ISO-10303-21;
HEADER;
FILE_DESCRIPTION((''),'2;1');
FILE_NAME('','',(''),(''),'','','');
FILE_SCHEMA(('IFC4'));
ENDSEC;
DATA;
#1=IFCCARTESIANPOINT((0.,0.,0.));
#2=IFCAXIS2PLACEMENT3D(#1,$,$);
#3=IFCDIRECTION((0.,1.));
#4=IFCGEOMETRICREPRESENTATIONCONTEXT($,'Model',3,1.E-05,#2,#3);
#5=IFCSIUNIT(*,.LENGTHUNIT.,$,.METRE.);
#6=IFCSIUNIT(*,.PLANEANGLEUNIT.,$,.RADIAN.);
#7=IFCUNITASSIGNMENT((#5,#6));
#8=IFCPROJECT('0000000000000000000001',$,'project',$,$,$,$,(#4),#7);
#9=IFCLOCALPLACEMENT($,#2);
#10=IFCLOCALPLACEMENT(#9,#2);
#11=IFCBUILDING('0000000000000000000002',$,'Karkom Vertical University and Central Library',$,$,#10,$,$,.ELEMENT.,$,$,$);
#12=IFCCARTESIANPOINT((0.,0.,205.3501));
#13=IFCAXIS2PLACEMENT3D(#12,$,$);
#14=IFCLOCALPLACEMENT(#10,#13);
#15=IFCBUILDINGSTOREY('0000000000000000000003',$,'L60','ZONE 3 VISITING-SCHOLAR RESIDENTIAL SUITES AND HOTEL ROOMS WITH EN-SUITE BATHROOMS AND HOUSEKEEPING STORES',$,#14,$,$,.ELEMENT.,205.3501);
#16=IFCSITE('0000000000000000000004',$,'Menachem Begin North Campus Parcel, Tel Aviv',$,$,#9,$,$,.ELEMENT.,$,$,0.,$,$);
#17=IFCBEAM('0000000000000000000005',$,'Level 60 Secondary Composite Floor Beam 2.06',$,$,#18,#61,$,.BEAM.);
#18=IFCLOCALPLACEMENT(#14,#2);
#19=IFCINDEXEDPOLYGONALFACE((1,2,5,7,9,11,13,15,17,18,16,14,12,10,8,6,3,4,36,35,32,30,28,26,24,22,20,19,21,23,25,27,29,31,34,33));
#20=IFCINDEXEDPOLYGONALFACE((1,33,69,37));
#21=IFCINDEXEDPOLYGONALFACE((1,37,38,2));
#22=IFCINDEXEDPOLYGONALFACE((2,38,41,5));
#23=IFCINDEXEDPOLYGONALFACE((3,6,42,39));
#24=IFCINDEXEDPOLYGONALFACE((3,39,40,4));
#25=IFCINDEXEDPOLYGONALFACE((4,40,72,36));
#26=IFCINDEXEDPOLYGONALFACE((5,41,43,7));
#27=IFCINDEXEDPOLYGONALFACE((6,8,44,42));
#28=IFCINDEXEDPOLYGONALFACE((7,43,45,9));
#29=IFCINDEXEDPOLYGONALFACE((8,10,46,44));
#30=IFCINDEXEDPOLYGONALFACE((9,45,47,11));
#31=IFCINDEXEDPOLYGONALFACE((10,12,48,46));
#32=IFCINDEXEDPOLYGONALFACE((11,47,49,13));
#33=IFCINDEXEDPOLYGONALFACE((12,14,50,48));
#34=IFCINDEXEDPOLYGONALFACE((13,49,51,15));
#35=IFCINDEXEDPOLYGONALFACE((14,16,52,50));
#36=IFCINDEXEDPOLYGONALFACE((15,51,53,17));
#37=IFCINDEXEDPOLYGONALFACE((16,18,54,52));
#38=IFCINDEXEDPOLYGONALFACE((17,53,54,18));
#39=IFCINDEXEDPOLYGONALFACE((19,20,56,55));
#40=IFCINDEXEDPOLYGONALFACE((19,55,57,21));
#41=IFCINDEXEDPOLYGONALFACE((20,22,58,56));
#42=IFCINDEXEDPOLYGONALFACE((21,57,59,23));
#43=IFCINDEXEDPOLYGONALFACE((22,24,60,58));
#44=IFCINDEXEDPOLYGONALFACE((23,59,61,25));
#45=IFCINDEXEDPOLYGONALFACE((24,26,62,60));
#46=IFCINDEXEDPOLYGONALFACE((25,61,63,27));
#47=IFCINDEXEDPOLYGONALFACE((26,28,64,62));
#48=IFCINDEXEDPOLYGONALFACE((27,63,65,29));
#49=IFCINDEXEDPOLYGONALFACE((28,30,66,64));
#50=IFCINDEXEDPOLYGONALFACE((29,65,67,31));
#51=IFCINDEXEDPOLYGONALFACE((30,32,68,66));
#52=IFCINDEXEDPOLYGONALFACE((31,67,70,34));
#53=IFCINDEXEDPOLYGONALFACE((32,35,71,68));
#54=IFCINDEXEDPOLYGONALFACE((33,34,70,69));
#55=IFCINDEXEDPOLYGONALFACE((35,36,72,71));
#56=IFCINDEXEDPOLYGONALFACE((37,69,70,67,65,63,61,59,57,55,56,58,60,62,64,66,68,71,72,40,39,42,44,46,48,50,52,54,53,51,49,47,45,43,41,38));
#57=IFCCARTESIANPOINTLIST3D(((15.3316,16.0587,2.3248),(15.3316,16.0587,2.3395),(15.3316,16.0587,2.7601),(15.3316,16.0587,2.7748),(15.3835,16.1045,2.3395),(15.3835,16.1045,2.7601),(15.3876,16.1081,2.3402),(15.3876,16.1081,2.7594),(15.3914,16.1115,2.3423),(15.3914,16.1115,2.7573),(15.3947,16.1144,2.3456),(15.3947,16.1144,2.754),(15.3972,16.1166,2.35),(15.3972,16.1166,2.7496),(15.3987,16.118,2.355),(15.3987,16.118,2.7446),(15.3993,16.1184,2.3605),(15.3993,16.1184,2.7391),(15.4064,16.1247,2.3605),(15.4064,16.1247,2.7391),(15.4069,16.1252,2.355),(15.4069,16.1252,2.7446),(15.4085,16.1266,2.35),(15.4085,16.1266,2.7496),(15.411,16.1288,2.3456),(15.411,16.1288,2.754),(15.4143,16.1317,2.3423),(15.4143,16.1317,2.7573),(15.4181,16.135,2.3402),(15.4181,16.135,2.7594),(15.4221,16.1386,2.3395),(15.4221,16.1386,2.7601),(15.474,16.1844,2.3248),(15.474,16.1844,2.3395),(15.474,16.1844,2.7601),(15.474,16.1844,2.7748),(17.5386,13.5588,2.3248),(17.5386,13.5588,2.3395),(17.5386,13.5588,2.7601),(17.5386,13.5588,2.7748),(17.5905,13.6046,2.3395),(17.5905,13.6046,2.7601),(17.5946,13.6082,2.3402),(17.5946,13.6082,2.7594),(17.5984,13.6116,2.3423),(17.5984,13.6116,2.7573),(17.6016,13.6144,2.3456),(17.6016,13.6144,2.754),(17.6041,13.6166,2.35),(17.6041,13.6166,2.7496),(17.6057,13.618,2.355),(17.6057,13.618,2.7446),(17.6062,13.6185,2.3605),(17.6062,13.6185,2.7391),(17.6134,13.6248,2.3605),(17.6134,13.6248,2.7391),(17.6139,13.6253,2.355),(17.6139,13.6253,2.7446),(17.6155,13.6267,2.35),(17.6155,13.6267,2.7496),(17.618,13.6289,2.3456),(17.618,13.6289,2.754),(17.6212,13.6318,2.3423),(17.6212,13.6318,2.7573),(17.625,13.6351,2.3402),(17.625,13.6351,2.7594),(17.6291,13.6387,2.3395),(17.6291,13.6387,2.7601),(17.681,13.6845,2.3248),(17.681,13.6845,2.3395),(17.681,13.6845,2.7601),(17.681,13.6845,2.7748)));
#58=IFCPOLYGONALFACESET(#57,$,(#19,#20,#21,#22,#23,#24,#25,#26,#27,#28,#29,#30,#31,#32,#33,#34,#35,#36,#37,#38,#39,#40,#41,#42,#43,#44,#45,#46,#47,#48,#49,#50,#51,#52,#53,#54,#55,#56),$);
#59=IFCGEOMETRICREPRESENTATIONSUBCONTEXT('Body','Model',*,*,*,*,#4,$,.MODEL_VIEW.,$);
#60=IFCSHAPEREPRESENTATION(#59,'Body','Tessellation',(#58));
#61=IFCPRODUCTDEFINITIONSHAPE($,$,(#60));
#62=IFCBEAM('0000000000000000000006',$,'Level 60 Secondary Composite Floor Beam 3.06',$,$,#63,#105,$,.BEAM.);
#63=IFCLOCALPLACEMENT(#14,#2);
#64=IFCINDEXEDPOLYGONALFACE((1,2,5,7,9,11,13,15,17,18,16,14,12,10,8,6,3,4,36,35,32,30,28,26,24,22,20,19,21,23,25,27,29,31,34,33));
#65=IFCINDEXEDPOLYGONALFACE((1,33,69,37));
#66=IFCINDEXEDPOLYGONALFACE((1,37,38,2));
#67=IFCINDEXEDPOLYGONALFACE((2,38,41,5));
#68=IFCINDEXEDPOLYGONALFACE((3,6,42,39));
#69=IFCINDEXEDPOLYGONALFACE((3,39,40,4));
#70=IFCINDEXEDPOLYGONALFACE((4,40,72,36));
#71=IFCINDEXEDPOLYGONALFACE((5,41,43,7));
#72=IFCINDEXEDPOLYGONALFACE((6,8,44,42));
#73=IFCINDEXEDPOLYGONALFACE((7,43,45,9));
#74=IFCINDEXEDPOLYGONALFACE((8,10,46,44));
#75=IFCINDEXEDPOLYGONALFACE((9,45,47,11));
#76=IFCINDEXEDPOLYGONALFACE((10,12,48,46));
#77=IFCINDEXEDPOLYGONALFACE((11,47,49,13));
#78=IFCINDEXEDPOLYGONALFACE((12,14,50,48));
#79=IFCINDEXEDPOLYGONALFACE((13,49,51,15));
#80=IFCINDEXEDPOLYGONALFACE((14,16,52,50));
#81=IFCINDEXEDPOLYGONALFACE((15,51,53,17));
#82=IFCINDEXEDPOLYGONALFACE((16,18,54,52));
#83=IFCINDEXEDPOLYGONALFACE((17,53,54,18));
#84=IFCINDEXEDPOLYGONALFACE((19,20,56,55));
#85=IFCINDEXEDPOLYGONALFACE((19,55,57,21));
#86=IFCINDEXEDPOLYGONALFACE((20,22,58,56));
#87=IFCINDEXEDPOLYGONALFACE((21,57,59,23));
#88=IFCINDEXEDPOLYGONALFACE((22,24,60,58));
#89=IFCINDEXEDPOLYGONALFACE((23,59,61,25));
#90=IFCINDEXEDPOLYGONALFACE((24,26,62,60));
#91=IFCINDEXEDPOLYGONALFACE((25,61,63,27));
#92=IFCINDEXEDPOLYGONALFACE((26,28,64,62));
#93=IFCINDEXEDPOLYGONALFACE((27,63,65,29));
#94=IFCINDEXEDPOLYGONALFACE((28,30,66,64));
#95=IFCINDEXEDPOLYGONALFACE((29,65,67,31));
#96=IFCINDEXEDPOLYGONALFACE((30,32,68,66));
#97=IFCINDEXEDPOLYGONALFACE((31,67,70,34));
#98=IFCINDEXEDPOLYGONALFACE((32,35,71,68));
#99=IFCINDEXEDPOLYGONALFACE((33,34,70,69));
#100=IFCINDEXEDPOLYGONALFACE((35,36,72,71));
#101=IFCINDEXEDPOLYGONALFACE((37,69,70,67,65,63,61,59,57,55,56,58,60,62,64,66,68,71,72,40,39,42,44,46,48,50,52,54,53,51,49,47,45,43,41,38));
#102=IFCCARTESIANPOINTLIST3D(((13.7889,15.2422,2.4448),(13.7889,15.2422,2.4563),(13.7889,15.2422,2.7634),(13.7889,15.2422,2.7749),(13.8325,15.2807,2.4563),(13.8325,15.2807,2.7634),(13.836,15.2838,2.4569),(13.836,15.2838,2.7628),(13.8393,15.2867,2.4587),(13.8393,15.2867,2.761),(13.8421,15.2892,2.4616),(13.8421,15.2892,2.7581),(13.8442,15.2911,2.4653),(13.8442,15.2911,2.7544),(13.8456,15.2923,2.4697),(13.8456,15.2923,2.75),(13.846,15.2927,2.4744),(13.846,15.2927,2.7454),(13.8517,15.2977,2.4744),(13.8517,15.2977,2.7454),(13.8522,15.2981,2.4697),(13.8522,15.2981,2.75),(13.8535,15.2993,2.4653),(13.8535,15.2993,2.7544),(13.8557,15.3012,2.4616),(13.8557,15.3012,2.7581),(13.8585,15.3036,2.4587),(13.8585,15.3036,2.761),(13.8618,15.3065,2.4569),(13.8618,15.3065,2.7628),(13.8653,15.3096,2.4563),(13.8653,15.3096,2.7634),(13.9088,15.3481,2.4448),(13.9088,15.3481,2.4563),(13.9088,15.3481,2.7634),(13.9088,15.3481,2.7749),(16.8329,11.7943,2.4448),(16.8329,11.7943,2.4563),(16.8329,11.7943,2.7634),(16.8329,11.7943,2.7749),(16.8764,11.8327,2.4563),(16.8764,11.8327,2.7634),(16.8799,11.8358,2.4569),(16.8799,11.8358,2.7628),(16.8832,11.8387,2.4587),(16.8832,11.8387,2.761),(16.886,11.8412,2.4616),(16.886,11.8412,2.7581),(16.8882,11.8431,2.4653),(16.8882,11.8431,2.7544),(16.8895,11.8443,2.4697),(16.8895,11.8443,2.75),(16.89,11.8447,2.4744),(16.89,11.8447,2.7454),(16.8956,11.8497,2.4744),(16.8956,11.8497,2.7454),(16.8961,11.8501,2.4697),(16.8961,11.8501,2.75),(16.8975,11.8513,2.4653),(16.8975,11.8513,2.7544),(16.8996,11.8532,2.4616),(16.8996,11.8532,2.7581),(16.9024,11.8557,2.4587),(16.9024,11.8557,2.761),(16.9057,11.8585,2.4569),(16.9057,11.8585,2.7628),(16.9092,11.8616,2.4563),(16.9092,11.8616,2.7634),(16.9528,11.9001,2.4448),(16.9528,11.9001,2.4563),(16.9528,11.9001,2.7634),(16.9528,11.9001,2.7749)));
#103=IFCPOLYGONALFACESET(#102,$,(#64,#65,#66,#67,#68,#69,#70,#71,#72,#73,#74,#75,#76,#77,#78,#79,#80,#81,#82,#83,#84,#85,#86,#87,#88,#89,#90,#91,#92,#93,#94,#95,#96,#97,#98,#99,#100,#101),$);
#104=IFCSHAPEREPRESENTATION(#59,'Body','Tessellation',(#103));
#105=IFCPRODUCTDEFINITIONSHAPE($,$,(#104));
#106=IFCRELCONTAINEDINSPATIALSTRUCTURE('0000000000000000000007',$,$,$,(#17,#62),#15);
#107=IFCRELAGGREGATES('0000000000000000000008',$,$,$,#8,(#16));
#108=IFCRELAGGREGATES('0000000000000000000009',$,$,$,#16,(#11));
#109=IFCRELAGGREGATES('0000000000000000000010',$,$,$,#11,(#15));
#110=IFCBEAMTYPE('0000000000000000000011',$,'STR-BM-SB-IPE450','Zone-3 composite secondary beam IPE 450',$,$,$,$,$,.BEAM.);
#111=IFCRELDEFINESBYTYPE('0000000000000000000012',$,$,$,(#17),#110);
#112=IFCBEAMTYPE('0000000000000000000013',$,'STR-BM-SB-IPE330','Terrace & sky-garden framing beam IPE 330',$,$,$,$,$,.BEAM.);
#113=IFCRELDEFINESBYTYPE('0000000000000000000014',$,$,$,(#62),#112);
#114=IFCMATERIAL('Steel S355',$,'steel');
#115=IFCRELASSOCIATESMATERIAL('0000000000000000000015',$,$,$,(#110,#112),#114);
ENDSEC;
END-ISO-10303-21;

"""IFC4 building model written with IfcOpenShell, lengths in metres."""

from ifc_helpers import new_model, si_unit, direction, frame, origin, origin_with_axes, origin_2d, place, context, subcontext, project, spatial, i_section, extrude, source, transform, mapped, material, material_profile, profile_set, type_object, element, save


model = new_model("IFC4")

# Units and contexts
model_context = context("Model", 3, precision=1e-05, world=origin(), true_north=direction((0.0, 1.0)))
body_context = subcontext(model_context, "Body", "Model", "MODEL_VIEW")
ifc_project = project(units=[si_unit("LENGTHUNIT", "METRE"), si_unit("PLANEANGLEUNIT", "RADIAN")], contexts=[model_context])

# Site, building, storey
site_placement = place(None, origin())
site = spatial("IfcSite", under=ifc_project, at=site_placement, Name="Menachem Begin North Campus Parcel, Tel Aviv", CompositionType="ELEMENT", RefElevation=0.0)
building_placement = place(site_placement, origin())
building = spatial("IfcBuilding", under=site, at=building_placement, Name="Karkom Vertical University and Central Library", CompositionType="ELEMENT")
storey_placement = place(building_placement, frame((0.0, 0.0, 205.3501)))
storey = spatial("IfcBuildingStorey", under=building, at=storey_placement, Name="L60", Description="ZONE 3 VISITING-SCHOLAR RESIDENTIAL SUITES AND HOTEL ROOMS WITH EN-SUITE BATHROOMS AND HOUSEKEEPING STORES", CompositionType="ELEMENT", Elevation=205.3501)

# Beams
ifc_material_1 = material(Name="Steel S355", Category="steel")
ifc_material_profile_1 = material_profile(ifc_material_1, i_section(OverallWidth=0.1899, OverallDepth=0.45, WebThickness=0.0095, FlangeThickness=0.0146, FilletRadius=0.021, at=origin_2d()), Name="IPE 450")
ifc_profile_set_1 = profile_set([ifc_material_profile_1], Name="Steel S355")
beam_type_1 = type_object("IfcBeamType", Name="STR-BM-SB-IPE450", Description="Zone-3 composite secondary beam IPE 450", PredefinedType="BEAM", material=ifc_profile_set_1)
shared_shape_1 = source(origin_with_axes(), body_context, "Body", "SweptSolid", [
    extrude(i_section(OverallWidth=0.1899, OverallDepth=0.45, WebThickness=0.0095, FlangeThickness=0.0146, FilletRadius=0.021, at=origin_2d()), origin(), (0.0, 0.0, 1.0), 3.3347),
])
beam_1_placement = place(storey_placement, frame((15.4028, 16.1216, 2.5498), z_axis=(0.661815, -0.749667, 0.0), x_axis=(0.749667, 0.661815, 0.0)))
element("IfcBeam", 1, at=beam_1_placement, inside=storey, type_object=beam_type_1, Name="Level 60 Secondary Composite Floor Beam 2.06", PredefinedType="BEAM", context=body_context, shape_type="MappedRepresentation", body=[
    mapped(shared_shape_1, transform((0.0, 0.0, 0.0), scale=1.0)),
])
ifc_material_profile_2 = material_profile(ifc_material_1, i_section(OverallWidth=0.1599, OverallDepth=0.3301, WebThickness=0.0076, FlangeThickness=0.0115, FilletRadius=0.0181, at=origin_2d()), Name="IPE 330")
ifc_profile_set_2 = profile_set([ifc_material_profile_2], Name="Steel S355")
beam_type_2 = type_object("IfcBeamType", Name="STR-BM-SB-IPE330", Description="Terrace & sky-garden framing beam IPE 330", PredefinedType="BEAM", material=ifc_profile_set_2)
shared_shape_2 = source(origin_with_axes(), body_context, "Body", "SweptSolid", [
    extrude(i_section(OverallWidth=0.1599, OverallDepth=0.3301, WebThickness=0.0076, FlangeThickness=0.0115, FilletRadius=0.0181, at=origin_2d()), origin(), (0.0, 0.0, 1.0), 4.5994),
])
beam_2_placement = place(storey_placement, frame((13.8489, 15.2952, 2.6099), z_axis=(0.661816, -0.749666, 0.0), x_axis=(0.749666, 0.661816, 0.0)))
element("IfcBeam", 2, at=beam_2_placement, inside=storey, type_object=beam_type_2, Name="Level 60 Secondary Composite Floor Beam 3.06", PredefinedType="BEAM", context=body_context, shape_type="MappedRepresentation", body=[
    mapped(shared_shape_2, transform((0.0, 0.0, 0.0), scale=1.0)),
])

save(model, "model.ifc")
